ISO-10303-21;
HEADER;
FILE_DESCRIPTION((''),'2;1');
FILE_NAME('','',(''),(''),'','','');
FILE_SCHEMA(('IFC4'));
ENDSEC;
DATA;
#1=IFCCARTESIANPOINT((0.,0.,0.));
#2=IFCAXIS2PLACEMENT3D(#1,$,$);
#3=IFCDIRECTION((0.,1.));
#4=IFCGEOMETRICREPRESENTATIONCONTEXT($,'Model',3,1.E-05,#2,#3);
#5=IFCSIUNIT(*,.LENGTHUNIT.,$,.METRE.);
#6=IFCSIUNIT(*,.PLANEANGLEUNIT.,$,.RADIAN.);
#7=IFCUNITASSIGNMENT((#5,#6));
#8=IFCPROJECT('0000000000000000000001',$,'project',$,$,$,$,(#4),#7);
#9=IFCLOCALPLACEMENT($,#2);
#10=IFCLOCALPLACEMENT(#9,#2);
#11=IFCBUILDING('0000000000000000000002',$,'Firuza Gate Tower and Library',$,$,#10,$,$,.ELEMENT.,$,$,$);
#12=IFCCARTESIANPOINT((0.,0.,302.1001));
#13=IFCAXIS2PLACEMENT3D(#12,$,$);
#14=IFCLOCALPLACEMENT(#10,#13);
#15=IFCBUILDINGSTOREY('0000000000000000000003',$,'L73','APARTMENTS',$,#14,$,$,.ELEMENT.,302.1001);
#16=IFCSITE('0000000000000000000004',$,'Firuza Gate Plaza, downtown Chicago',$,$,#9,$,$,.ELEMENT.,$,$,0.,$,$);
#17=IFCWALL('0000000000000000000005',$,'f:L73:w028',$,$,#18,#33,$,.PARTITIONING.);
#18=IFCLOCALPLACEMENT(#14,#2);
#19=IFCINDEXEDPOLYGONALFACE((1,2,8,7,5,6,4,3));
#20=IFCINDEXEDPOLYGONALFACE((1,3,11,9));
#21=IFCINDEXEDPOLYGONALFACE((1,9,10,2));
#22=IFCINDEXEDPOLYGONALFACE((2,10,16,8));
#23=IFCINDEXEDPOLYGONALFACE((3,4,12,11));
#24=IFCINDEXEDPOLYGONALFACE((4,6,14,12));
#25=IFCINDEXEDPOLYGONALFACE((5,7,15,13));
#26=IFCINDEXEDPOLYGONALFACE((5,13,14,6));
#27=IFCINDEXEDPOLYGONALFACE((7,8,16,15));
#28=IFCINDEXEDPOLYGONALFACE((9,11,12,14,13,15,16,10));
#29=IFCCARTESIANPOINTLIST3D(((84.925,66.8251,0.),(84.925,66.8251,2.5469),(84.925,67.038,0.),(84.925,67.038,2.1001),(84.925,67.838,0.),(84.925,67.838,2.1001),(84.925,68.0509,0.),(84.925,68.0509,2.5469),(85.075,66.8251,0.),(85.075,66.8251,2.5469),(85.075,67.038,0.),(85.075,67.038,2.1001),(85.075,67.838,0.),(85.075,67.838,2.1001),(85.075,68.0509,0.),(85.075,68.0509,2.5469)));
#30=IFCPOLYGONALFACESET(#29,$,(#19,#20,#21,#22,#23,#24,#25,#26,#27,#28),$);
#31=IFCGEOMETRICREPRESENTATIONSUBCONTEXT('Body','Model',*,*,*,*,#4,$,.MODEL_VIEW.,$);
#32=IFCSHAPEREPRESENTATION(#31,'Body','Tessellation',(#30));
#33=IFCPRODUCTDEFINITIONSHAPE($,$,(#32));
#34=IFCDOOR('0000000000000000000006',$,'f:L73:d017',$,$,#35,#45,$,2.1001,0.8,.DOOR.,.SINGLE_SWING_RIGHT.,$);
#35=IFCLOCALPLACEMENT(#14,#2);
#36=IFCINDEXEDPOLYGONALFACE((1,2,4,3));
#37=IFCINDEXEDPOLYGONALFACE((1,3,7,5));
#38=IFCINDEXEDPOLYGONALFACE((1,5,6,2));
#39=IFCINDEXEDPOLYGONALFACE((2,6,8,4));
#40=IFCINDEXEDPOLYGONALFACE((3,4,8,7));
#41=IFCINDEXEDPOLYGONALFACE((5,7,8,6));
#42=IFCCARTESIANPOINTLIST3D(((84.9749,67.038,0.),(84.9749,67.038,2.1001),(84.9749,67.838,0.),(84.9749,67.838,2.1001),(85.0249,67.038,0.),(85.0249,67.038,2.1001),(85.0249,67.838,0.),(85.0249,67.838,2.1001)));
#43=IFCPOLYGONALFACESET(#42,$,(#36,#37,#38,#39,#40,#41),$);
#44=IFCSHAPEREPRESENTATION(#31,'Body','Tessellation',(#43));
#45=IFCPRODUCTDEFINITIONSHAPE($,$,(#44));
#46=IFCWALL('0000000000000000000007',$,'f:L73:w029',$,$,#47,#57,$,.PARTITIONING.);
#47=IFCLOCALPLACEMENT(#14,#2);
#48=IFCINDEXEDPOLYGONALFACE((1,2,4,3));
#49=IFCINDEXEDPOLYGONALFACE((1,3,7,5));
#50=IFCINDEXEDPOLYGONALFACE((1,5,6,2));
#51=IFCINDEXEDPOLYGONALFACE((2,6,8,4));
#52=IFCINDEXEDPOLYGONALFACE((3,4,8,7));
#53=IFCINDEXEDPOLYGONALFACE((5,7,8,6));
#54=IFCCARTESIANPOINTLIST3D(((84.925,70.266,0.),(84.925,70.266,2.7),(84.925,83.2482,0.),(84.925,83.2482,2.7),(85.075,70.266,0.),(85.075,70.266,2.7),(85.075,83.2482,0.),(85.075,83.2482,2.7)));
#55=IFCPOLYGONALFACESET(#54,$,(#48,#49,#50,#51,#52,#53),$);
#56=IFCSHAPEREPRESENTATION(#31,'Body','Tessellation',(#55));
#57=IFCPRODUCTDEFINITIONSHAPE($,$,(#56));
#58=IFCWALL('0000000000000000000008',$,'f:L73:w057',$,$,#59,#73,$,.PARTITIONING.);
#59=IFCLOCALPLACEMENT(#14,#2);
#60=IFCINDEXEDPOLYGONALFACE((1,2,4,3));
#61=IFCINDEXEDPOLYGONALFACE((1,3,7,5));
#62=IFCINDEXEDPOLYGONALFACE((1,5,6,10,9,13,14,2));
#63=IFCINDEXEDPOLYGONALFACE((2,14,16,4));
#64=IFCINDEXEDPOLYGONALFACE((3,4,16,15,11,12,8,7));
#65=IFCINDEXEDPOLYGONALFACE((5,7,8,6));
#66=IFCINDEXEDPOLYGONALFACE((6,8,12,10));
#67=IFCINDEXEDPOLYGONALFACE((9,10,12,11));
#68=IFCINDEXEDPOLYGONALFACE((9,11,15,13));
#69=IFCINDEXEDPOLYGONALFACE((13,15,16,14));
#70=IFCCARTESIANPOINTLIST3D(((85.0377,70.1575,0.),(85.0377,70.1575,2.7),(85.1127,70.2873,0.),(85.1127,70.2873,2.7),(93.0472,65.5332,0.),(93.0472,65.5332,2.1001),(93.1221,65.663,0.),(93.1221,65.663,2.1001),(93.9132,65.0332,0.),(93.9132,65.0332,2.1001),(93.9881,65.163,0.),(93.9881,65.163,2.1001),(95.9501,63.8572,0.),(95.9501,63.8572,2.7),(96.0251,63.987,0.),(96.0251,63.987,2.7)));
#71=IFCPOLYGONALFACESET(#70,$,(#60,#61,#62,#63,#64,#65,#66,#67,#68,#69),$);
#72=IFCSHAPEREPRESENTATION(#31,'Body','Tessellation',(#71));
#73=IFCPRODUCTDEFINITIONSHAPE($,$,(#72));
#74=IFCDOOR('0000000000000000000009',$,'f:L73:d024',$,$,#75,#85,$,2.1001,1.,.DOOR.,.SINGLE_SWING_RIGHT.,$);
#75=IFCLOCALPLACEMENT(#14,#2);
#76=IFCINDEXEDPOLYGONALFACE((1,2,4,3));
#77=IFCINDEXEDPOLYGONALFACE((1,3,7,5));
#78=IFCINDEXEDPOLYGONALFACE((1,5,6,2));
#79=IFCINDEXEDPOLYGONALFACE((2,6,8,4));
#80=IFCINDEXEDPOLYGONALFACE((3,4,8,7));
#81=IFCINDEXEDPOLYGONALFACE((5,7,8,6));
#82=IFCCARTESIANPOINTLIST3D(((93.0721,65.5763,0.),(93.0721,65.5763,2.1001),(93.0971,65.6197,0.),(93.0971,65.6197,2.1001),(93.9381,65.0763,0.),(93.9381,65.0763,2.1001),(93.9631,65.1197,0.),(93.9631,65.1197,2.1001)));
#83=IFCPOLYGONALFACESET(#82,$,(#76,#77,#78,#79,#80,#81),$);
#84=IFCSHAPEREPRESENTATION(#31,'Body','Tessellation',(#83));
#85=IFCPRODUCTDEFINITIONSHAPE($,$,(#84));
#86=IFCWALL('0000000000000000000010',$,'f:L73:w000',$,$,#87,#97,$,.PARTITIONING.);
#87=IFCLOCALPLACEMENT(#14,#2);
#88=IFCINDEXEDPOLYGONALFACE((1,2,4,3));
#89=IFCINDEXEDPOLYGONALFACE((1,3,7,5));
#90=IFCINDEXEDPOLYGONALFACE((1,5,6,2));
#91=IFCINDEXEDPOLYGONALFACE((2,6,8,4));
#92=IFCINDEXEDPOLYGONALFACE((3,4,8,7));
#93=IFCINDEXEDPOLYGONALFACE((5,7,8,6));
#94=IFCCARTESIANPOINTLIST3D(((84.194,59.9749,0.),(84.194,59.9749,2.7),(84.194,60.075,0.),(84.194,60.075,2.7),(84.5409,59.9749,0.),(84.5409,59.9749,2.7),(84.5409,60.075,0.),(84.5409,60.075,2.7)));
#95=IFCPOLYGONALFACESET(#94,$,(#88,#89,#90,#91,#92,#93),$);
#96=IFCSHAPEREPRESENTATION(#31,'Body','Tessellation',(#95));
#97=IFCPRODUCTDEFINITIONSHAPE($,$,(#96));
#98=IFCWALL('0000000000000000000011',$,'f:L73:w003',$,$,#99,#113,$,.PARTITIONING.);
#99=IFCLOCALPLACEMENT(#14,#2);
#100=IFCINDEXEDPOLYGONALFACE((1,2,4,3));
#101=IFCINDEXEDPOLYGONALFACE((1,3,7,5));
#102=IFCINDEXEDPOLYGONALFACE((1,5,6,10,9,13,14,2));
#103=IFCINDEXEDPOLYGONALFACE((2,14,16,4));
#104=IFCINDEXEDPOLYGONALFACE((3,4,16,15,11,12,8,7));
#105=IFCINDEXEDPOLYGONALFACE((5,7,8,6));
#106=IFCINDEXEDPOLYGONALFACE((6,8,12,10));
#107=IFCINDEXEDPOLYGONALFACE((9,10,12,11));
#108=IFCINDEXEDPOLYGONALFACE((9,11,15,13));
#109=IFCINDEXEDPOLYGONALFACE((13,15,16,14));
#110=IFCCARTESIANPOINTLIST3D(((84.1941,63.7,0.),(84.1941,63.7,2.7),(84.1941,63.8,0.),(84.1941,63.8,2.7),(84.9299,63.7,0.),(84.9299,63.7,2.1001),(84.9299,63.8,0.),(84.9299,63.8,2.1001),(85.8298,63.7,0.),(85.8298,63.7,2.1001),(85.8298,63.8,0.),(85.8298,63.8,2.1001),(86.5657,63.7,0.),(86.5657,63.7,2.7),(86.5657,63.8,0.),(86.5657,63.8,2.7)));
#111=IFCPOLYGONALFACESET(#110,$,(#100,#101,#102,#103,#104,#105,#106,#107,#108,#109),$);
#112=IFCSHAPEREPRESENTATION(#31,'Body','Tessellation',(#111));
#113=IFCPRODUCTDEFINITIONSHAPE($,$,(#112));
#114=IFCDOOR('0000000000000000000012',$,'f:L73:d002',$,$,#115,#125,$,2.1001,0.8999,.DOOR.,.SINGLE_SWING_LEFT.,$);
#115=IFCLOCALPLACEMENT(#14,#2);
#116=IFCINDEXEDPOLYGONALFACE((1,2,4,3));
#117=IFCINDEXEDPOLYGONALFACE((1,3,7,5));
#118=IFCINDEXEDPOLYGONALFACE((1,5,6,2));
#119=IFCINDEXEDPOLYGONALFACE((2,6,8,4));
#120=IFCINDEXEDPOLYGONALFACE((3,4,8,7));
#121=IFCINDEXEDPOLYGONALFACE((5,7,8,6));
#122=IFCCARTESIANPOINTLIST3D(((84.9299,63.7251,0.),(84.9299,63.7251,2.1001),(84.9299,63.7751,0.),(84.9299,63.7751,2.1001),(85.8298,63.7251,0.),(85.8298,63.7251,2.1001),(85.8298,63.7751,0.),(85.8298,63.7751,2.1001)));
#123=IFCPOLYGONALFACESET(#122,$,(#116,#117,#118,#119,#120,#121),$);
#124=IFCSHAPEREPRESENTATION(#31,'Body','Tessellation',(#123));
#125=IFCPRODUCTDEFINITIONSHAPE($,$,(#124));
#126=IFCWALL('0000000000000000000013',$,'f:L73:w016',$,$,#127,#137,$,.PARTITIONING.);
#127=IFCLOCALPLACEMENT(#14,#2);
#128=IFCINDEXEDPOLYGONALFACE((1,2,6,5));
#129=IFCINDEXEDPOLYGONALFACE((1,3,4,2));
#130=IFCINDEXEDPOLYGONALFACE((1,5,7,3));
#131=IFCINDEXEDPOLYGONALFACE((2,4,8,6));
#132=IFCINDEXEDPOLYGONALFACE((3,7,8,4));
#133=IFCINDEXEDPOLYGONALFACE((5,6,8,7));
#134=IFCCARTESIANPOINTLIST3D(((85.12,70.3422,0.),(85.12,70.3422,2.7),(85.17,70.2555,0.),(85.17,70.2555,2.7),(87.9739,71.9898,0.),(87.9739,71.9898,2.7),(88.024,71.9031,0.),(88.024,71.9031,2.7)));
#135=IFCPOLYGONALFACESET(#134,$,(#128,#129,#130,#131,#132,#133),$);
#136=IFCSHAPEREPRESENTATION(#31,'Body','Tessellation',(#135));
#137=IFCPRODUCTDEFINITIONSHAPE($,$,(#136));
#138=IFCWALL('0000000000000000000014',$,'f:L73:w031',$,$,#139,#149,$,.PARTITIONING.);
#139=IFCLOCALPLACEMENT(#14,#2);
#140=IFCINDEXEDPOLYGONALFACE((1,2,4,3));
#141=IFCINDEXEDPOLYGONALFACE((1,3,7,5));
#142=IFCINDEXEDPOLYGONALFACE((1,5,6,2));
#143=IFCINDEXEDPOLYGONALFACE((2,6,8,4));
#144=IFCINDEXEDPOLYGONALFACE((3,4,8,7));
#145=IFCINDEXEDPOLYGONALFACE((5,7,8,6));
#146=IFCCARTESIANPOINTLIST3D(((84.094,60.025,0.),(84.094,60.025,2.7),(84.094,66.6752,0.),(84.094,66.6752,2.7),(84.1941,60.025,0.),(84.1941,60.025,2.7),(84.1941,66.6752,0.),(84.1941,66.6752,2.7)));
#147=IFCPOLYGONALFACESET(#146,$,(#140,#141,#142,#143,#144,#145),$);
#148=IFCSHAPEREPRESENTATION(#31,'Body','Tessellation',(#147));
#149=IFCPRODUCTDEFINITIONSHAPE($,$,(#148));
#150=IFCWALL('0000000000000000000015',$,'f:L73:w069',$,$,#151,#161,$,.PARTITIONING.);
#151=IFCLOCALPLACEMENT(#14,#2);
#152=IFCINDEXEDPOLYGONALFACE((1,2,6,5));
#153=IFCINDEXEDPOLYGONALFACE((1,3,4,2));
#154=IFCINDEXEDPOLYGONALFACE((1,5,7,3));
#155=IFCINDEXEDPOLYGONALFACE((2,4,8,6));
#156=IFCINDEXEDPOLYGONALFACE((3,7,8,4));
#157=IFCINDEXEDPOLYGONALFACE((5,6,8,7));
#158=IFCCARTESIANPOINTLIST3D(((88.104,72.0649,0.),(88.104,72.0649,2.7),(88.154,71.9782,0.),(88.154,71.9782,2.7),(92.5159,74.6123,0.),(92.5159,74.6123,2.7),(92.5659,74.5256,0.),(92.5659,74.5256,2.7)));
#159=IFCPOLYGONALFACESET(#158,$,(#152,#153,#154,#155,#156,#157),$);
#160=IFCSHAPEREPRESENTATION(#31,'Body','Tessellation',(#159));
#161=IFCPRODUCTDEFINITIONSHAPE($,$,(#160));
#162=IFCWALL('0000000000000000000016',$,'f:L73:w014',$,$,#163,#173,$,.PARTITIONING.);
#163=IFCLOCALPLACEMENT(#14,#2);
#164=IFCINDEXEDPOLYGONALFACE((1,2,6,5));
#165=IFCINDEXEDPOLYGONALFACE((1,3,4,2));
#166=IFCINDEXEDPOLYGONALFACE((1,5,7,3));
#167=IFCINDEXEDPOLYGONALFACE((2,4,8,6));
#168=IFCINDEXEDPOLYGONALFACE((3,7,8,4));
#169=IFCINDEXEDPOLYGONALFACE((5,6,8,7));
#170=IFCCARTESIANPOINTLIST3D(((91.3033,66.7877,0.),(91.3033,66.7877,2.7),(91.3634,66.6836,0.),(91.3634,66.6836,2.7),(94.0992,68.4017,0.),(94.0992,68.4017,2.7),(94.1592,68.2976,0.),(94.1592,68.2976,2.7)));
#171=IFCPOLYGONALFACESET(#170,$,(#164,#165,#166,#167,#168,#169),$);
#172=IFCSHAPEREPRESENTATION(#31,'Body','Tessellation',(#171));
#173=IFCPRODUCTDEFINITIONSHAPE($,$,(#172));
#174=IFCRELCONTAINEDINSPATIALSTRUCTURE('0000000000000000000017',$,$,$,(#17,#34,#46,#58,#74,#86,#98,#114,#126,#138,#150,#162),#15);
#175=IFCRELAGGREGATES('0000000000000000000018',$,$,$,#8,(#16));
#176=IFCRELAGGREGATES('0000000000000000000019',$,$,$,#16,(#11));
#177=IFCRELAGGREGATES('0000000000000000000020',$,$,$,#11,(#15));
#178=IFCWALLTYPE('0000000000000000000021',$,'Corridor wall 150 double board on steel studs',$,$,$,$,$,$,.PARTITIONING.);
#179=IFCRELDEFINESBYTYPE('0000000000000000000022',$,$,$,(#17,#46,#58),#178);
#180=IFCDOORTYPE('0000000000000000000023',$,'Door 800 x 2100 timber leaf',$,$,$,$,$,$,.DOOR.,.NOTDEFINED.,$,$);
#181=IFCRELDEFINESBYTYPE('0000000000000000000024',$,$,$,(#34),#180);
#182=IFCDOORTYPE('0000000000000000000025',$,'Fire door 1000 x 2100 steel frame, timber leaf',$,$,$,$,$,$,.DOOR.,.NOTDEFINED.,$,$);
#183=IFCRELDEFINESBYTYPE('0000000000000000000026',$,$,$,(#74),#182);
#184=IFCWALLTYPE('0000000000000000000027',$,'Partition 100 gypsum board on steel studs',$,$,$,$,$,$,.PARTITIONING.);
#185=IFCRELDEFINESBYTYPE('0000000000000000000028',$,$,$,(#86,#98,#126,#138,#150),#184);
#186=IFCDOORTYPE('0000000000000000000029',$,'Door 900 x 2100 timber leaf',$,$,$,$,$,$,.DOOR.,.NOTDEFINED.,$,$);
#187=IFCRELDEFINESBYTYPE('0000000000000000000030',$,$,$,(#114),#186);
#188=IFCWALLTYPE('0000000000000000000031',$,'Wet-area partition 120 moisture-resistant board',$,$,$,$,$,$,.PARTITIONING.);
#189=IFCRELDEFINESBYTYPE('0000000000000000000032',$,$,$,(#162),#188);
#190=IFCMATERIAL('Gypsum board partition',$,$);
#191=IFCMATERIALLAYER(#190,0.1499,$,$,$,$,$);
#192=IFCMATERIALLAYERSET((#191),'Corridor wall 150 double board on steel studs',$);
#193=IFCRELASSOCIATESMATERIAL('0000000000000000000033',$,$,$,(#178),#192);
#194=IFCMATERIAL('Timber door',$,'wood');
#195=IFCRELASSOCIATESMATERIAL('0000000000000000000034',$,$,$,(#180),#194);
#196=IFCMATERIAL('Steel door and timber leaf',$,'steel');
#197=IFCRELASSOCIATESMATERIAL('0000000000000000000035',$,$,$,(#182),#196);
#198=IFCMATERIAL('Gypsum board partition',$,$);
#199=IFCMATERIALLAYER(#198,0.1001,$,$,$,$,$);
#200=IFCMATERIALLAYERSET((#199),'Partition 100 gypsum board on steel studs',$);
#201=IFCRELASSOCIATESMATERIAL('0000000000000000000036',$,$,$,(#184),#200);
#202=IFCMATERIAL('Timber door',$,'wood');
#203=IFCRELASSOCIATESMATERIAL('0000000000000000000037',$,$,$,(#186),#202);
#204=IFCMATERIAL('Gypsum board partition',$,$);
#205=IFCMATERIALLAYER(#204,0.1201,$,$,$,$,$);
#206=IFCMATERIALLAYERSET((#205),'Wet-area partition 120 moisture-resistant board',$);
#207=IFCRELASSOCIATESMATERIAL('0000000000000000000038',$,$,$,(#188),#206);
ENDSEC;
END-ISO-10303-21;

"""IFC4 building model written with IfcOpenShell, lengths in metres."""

from ifc_helpers import new_model, si_unit, direction, frame, frame_2d, origin, place, context, subcontext, project, spatial, rectangle, extrude, material, layer, layer_set, type_object, element, fill, save


model = new_model("IFC4")

# Units and contexts
model_context = context("Model", 3, precision=1e-05, world=origin(), true_north=direction((0.0, 1.0)))
body_context = subcontext(model_context, "Body", "Model", "MODEL_VIEW")
ifc_project = project(units=[si_unit("LENGTHUNIT", "METRE"), si_unit("PLANEANGLEUNIT", "RADIAN")], contexts=[model_context])

# Site, building, storey
site_placement = place(None, origin())
site = spatial("IfcSite", under=ifc_project, at=site_placement, Name="Firuza Gate Plaza, downtown Chicago", CompositionType="ELEMENT", RefElevation=0.0)
building_placement = place(site_placement, origin())
building = spatial("IfcBuilding", under=site, at=building_placement, Name="Firuza Gate Tower and Library", CompositionType="ELEMENT")
storey_placement = place(building_placement, frame((0.0, 0.0, 302.1001)))
storey = spatial("IfcBuildingStorey", under=building, at=storey_placement, Name="L73", Description="APARTMENTS", CompositionType="ELEMENT", Elevation=302.1001)

# Shared definitions
ifc_material_1 = material(Name="Gypsum board partition")
ifc_layer_1 = layer(ifc_material_1, 0.1499)
ifc_layer_set_1 = layer_set([ifc_layer_1], Name="Corridor wall 150 double board on steel studs")
wall_type_1 = type_object("IfcWallType", Name="Corridor wall 150 double board on steel studs", PredefinedType="PARTITIONING", material=ifc_layer_set_1)

# Wall, opening, door
wall_1_placement = place(storey_placement, frame((85.0, 68.0508, 0.0), z_axis=(0.0, 0.0, 1.0), x_axis=(0.0, -1.0, 0.0)))
wall_1 = element("IfcWall", 1, at=wall_1_placement, inside=storey, type_object=wall_type_1, Name="f:L73:w028", PredefinedType="PARTITIONING", context=body_context, shape_type="SweptSolid", body=[
    extrude(rectangle(XDim=1.2258, YDim=0.1499, at=frame_2d((0.6128, 0.0))), origin(), (0.0, 0.0, 1.0), 2.5469),
])
opening_1_placement = place(wall_1_placement, frame((0.2129, 0.0, 0.0)))
opening_1 = element("IfcOpeningElement", 2, at=opening_1_placement, cuts=wall_1, PredefinedType="OPENING", context=body_context, shape_type="SweptSolid", body=[
    extrude(rectangle(XDim=0.8, YDim=2.1001, at=frame_2d((0.3999, 1.05))), frame((0.0, 0.085, 0.0), z_axis=(0.0, -1.0, 0.0), x_axis=(1.0, 0.0, 0.0)), (0.0, 0.0, 1.0), 0.1699),
])
ifc_material_2 = material(Name="Timber door", Category="wood")
door_type_1 = type_object("IfcDoorType", Name="Door 800 x 2100 timber leaf", OperationType="NOTDEFINED", PredefinedType="DOOR", material=ifc_material_2)
door_1_placement = place(opening_1_placement, origin())
door_1 = element("IfcDoor", 3, at=door_1_placement, inside=storey, type_object=door_type_1, Name="f:L73:d017", OperationType="SINGLE_SWING_RIGHT", OverallHeight=2.1001, OverallWidth=0.8, PredefinedType="DOOR", context=body_context, shape_type="SweptSolid", body=[
    extrude(rectangle(XDim=0.8, YDim=2.1001, at=frame_2d((0.3999, 1.05))), frame((0.0, 0.0249, 0.0), z_axis=(0.0, -1.0, 0.0), x_axis=(1.0, 0.0, 0.0)), (0.0, 0.0, 1.0), 0.05),
])
fill(opening_1, door_1)

# Wall
wall_2_placement = place(storey_placement, frame((85.0, 70.2659, 0.0), z_axis=(0.0, 0.0, 1.0), x_axis=(0.0, 1.0, 0.0)))
element("IfcWall", 4, at=wall_2_placement, inside=storey, type_object=wall_type_1, Name="f:L73:w029", PredefinedType="PARTITIONING", context=body_context, shape_type="SweptSolid", body=[
    extrude(rectangle(XDim=12.9822, YDim=0.1499, at=frame_2d((6.4912, 0.0))), origin(), (0.0, 0.0, 1.0), 2.7),
])

# Wall, opening, door
wall_3_placement = place(storey_placement, frame((85.0752, 70.2224, 0.0), z_axis=(0.0, 0.0, 1.0), x_axis=(0.866024, -0.500003, 0.0)))
wall_3 = element("IfcWall", 5, at=wall_3_placement, inside=storey, type_object=wall_type_1, Name="f:L73:w057", PredefinedType="PARTITIONING", context=body_context, shape_type="SweptSolid", body=[
    extrude(rectangle(XDim=12.6006, YDim=0.1499, at=frame_2d((6.3003, 0.0))), origin(), (0.0, 0.0, 1.0), 2.7),
])
opening_2_placement = place(wall_3_placement, frame((9.2485, 0.0, 0.0)))
opening_2 = element("IfcOpeningElement", 6, at=opening_2_placement, cuts=wall_3, PredefinedType="OPENING", context=body_context, shape_type="SweptSolid", body=[
    extrude(rectangle(XDim=1.0, YDim=2.1001, at=frame_2d((0.5, 1.05))), frame((0.0, 0.085, 0.0), z_axis=(0.0, -1.0, 0.0), x_axis=(1.0, 0.0, 0.0)), (0.0, 0.0, 1.0), 0.1699),
])
ifc_material_3 = material(Name="Steel door and timber leaf", Category="steel")
door_type_2 = type_object("IfcDoorType", Name="Fire door 1000 x 2100 steel frame, timber leaf", OperationType="NOTDEFINED", PredefinedType="DOOR", material=ifc_material_3)
door_2_placement = place(opening_2_placement, origin())
door_2 = element("IfcDoor", 7, at=door_2_placement, inside=storey, type_object=door_type_2, Name="f:L73:d024", OperationType="SINGLE_SWING_RIGHT", OverallHeight=2.1001, OverallWidth=1.0, PredefinedType="DOOR", context=body_context, shape_type="SweptSolid", body=[
    extrude(rectangle(XDim=1.0, YDim=2.1001, at=frame_2d((0.5, 1.05))), frame((0.0, 0.0249, 0.0), z_axis=(0.0, -1.0, 0.0), x_axis=(1.0, 0.0, 0.0)), (0.0, 0.0, 1.0), 0.05),
])
fill(opening_2, door_2)

# Wall
ifc_material_4 = material(Name="Gypsum board partition")
ifc_layer_2 = layer(ifc_material_4, 0.1001)
ifc_layer_set_2 = layer_set([ifc_layer_2], Name="Partition 100 gypsum board on steel studs")
wall_type_2 = type_object("IfcWallType", Name="Partition 100 gypsum board on steel studs", PredefinedType="PARTITIONING", material=ifc_layer_set_2)
wall_4_placement = place(storey_placement, frame((84.1941, 60.0249, 0.0), z_axis=(0.0, 0.0, 1.0), x_axis=(1.0, 0.0, 0.0)))
element("IfcWall", 8, at=wall_4_placement, inside=storey, type_object=wall_type_2, Name="f:L73:w000", PredefinedType="PARTITIONING", context=body_context, shape_type="SweptSolid", body=[
    extrude(rectangle(XDim=0.3469, YDim=0.1001, at=frame_2d((0.1733, 0.0))), origin(), (0.0, 0.0, 1.0), 2.7),
])

# Wall, opening, door
wall_5_placement = place(storey_placement, frame((86.5657, 63.75, 0.0), z_axis=(0.0, 0.0, 1.0), x_axis=(-1.0, 0.0, 0.0)))
wall_5 = element("IfcWall", 9, at=wall_5_placement, inside=storey, type_object=wall_type_2, Name="f:L73:w003", PredefinedType="PARTITIONING", context=body_context, shape_type="SweptSolid", body=[
    extrude(rectangle(XDim=2.3716, YDim=0.1001, at=frame_2d((1.1858, 0.0))), origin(), (0.0, 0.0, 1.0), 2.7),
])
opening_3_placement = place(wall_5_placement, frame((0.7358, 0.0, 0.0)))
opening_3 = element("IfcOpeningElement", 10, at=opening_3_placement, cuts=wall_5, PredefinedType="OPENING", context=body_context, shape_type="SweptSolid", body=[
    extrude(rectangle(XDim=0.8999, YDim=2.1001, at=frame_2d((0.45, 1.05))), frame((0.0, 0.0601, 0.0), z_axis=(0.0, -1.0, 0.0), x_axis=(1.0, 0.0, 0.0)), (0.0, 0.0, 1.0), 0.1201),
])
ifc_material_5 = material(Name="Timber door", Category="wood")
door_type_3 = type_object("IfcDoorType", Name="Door 900 x 2100 timber leaf", OperationType="NOTDEFINED", PredefinedType="DOOR", material=ifc_material_5)
door_3_placement = place(opening_3_placement, origin())
door_3 = element("IfcDoor", 11, at=door_3_placement, inside=storey, type_object=door_type_3, Name="f:L73:d002", OperationType="SINGLE_SWING_LEFT", OverallHeight=2.1001, OverallWidth=0.8999, PredefinedType="DOOR", context=body_context, shape_type="SweptSolid", body=[
    extrude(rectangle(XDim=0.8999, YDim=2.1001, at=frame_2d((0.45, 1.05))), frame((0.0, 0.0249, 0.0), z_axis=(0.0, -1.0, 0.0), x_axis=(1.0, 0.0, 0.0)), (0.0, 0.0, 1.0), 0.05),
])
fill(opening_3, door_3)

# Walls
wall_6_placement = place(storey_placement, frame((85.145, 70.2988, 0.0), z_axis=(0.0, 0.0, 1.0), x_axis=(0.866033, 0.499988, 0.0)))
element("IfcWall", 12, at=wall_6_placement, inside=storey, type_object=wall_type_2, Name="f:L73:w016", PredefinedType="PARTITIONING", context=body_context, shape_type="SweptSolid", body=[
    extrude(rectangle(XDim=3.2954, YDim=0.1001, at=frame_2d((1.6477, 0.0))), origin(), (0.0, 0.0, 1.0), 2.7),
])
wall_7_placement = place(storey_placement, frame((84.144, 60.0249, 0.0), z_axis=(0.0, 0.0, 1.0), x_axis=(0.0, 1.0, 0.0)))
element("IfcWall", 13, at=wall_7_placement, inside=storey, type_object=wall_type_2, Name="f:L73:w031", PredefinedType="PARTITIONING", context=body_context, shape_type="SweptSolid", body=[
    extrude(rectangle(XDim=6.6501, YDim=0.1001, at=frame_2d((3.3252, 0.0))), origin(), (0.0, 0.0, 1.0), 2.7),
])
wall_8_placement = place(storey_placement, frame((88.1289, 72.0215, 0.0), z_axis=(0.0, 0.0, 1.0), x_axis=(0.866011, 0.500025, 0.0)))
element("IfcWall", 14, at=wall_8_placement, inside=storey, type_object=wall_type_2, Name="f:L73:w069", PredefinedType="PARTITIONING", context=body_context, shape_type="SweptSolid", body=[
    extrude(rectangle(XDim=5.0945, YDim=0.1001, at=frame_2d((2.5474, 0.0))), origin(), (0.0, 0.0, 1.0), 2.7),
])
ifc_material_6 = material(Name="Gypsum board partition")
ifc_layer_3 = layer(ifc_material_6, 0.1201)
ifc_layer_set_3 = layer_set([ifc_layer_3], Name="Wet-area partition 120 moisture-resistant board")
wall_type_3 = type_object("IfcWallType", Name="Wet-area partition 120 moisture-resistant board", PredefinedType="PARTITIONING", material=ifc_layer_set_3)
for number, where, z_axis, x_axis, name in (
    (15, (91.3333, 66.7356, 0.0), (0.0, 0.0, 1.0), (0.866052, 0.499954, 0.0), "f:L73:w014"),
):
    element("IfcWall", number, at=place(storey_placement, frame(where, z_axis=z_axis, x_axis=x_axis)), inside=storey, type_object=wall_type_3, Name=name, PredefinedType="PARTITIONING", context=body_context, shape_type="SweptSolid", body=[
        extrude(rectangle(XDim=3.2283, YDim=0.1201, at=frame_2d((1.6143, 0.0))), origin(), (0.0, 0.0, 1.0), 2.7),
    ])

save(model, "model.ifc")
